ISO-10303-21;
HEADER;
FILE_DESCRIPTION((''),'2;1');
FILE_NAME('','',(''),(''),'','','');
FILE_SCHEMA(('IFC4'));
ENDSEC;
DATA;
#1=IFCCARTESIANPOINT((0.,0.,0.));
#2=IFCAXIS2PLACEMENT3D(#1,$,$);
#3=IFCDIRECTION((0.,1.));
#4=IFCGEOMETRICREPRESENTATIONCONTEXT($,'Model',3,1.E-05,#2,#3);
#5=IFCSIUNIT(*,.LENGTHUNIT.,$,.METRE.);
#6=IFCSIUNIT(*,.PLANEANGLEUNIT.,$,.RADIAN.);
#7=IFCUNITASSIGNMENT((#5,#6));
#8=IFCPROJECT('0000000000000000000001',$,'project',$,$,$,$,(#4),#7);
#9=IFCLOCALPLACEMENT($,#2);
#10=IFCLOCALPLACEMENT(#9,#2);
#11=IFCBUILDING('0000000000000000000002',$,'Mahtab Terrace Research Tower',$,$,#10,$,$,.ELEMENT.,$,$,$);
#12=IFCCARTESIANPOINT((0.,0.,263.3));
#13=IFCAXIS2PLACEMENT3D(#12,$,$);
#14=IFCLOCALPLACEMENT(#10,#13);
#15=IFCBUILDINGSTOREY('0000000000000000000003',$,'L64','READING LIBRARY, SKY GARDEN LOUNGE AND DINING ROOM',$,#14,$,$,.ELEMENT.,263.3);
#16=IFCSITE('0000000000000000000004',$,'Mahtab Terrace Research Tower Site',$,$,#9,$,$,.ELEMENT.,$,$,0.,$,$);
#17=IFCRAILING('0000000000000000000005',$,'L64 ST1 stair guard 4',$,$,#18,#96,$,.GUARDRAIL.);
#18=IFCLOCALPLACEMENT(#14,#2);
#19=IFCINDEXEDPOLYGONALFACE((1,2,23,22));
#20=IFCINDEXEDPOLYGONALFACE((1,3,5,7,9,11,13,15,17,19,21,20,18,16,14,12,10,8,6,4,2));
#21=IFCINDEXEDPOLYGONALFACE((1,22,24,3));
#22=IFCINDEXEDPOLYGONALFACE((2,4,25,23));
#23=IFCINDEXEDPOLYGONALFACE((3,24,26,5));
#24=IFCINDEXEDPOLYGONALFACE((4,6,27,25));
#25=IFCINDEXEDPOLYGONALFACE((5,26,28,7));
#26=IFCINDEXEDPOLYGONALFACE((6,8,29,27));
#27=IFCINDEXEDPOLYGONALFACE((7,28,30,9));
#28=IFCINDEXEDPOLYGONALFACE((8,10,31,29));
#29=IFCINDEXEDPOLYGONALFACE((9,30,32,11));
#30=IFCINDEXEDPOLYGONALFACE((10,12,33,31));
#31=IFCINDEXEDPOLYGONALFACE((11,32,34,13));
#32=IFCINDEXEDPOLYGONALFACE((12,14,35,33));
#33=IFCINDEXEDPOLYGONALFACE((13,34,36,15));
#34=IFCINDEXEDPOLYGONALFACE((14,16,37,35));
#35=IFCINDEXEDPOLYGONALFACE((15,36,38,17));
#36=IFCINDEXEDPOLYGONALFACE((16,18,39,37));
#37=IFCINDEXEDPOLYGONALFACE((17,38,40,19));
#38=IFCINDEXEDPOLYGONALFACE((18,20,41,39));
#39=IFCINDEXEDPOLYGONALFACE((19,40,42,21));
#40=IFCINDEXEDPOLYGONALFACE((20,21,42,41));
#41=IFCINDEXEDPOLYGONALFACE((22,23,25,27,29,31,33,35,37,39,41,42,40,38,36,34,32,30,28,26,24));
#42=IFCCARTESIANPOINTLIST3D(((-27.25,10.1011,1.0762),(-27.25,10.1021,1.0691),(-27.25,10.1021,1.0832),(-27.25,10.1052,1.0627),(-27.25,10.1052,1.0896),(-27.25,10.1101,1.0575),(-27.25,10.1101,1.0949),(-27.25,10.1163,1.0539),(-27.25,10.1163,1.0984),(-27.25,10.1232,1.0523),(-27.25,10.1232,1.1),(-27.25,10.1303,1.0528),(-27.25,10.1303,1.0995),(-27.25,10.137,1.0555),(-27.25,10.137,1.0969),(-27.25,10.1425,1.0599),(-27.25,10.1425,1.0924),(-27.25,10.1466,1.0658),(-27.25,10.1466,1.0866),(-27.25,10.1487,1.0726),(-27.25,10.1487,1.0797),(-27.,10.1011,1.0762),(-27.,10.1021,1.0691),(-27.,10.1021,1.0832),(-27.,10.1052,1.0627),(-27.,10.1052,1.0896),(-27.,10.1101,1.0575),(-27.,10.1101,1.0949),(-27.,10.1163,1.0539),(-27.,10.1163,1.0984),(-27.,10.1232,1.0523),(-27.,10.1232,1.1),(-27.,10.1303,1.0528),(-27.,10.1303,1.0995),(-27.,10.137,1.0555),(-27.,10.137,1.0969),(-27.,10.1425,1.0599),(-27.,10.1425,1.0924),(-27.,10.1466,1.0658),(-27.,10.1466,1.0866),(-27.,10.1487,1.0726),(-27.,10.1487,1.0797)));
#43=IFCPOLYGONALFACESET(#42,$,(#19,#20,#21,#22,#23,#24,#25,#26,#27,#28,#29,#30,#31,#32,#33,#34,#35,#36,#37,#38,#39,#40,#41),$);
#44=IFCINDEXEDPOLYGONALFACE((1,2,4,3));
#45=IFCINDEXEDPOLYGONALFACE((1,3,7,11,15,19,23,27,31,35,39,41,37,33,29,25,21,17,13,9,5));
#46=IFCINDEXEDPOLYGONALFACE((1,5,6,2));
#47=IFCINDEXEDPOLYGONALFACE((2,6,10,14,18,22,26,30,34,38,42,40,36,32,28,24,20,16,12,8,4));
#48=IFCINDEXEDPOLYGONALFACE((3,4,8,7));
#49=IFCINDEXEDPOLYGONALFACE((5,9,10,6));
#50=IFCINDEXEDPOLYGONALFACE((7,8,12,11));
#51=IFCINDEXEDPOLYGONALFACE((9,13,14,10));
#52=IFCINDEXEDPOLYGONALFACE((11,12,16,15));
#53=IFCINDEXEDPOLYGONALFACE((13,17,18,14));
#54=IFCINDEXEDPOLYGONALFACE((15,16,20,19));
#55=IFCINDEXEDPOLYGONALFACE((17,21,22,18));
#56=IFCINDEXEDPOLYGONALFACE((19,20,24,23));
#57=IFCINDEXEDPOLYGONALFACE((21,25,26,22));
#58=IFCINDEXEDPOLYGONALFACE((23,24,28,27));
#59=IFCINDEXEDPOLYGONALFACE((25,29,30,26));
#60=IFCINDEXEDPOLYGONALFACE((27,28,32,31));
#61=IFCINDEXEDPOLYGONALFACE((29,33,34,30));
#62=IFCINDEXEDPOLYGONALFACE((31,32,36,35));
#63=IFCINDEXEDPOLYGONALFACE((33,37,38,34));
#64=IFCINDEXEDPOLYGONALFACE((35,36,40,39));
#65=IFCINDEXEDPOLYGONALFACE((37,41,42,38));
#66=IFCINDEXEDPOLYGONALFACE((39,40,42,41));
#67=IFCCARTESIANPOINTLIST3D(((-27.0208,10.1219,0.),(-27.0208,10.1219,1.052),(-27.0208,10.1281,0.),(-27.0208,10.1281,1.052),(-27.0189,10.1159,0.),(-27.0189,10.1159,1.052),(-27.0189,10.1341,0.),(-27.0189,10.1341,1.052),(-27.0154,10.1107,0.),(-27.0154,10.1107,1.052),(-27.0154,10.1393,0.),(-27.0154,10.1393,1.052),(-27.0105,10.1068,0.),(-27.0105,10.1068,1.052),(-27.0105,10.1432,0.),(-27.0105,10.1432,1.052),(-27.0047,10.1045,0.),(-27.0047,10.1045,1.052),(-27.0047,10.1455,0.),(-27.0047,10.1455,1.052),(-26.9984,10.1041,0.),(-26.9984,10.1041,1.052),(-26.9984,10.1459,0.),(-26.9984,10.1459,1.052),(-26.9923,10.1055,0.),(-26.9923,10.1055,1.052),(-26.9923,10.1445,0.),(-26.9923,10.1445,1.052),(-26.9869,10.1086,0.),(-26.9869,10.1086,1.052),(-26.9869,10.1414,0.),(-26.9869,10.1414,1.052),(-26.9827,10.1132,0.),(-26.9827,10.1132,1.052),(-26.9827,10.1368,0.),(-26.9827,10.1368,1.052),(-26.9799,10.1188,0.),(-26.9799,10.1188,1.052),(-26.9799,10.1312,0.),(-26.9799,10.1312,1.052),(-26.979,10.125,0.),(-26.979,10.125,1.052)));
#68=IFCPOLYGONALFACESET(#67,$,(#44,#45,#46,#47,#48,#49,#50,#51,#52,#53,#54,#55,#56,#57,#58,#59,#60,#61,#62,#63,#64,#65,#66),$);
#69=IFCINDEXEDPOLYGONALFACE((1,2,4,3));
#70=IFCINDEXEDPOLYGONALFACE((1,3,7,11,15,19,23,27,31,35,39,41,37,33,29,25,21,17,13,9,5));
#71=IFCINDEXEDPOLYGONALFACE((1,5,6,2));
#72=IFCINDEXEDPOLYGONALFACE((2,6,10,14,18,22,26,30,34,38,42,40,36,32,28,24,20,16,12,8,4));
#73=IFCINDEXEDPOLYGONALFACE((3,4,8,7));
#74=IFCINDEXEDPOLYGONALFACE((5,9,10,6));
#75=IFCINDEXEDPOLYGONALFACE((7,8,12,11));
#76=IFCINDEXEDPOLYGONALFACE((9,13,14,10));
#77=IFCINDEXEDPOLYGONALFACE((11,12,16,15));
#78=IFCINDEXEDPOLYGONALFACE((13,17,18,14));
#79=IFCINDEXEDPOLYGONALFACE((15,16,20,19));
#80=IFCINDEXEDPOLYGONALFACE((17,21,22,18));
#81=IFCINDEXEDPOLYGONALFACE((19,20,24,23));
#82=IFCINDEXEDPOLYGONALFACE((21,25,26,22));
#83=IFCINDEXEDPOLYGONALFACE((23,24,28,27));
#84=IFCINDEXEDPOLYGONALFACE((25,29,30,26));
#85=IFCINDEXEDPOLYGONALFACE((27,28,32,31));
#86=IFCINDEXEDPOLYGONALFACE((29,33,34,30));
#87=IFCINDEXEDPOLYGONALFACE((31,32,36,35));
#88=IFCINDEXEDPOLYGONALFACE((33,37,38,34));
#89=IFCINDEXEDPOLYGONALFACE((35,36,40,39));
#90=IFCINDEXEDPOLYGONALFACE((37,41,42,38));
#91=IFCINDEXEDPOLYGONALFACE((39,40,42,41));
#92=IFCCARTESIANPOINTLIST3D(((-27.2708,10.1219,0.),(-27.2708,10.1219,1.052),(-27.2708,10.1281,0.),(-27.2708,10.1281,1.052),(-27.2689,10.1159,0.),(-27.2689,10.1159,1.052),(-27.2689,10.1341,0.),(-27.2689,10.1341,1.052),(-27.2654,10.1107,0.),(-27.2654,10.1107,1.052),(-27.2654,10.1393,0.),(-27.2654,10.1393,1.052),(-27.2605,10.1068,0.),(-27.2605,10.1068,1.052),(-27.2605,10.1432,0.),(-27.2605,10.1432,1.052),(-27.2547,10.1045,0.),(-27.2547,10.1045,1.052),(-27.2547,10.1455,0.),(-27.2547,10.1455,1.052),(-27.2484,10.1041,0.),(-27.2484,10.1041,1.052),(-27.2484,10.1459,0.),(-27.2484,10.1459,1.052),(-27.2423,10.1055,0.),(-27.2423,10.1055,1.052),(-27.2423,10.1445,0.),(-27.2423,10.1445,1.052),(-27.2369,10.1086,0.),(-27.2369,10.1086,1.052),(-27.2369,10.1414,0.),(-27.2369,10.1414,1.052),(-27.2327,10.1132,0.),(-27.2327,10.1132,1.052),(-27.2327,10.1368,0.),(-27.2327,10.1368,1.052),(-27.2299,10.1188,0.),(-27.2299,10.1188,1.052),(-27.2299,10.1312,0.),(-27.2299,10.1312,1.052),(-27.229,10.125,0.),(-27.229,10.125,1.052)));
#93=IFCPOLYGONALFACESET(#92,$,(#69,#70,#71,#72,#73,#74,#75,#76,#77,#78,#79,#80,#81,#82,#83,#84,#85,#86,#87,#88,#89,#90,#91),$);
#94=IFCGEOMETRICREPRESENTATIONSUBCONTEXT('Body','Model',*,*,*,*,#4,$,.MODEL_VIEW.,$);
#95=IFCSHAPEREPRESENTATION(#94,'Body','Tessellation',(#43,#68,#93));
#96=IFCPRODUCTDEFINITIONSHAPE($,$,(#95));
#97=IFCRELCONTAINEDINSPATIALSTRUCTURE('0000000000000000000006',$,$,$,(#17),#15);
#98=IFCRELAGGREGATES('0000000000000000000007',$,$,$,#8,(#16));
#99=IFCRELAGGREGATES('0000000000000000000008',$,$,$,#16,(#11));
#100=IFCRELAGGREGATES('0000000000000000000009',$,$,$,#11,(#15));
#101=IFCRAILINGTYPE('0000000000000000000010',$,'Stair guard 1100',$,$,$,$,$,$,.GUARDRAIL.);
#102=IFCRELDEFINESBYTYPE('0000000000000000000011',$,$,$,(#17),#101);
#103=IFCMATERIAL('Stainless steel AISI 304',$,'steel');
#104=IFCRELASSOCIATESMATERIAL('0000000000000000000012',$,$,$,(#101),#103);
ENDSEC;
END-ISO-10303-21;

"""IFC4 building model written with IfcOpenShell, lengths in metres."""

from ifc_helpers import new_model, si_unit, direction, frame, origin, origin_2d, place, context, subcontext, project, spatial, circle, extrude, material, type_object, element, save


model = new_model("IFC4")

# Units and contexts
model_context = context("Model", 3, precision=1e-05, world=origin(), true_north=direction((0.0, 1.0)))
body_context = subcontext(model_context, "Body", "Model", "MODEL_VIEW")
ifc_project = project(units=[si_unit("LENGTHUNIT", "METRE"), si_unit("PLANEANGLEUNIT", "RADIAN")], contexts=[model_context])

# Site, building, storey
site_placement = place(None, origin())
site = spatial("IfcSite", under=ifc_project, at=site_placement, Name="Mahtab Terrace Research Tower Site", CompositionType="ELEMENT", RefElevation=0.0)
building_placement = place(site_placement, origin())
building = spatial("IfcBuilding", under=site, at=building_placement, Name="Mahtab Terrace Research Tower", CompositionType="ELEMENT")
storey_placement = place(building_placement, frame((0.0, 0.0, 263.3)))
storey = spatial("IfcBuildingStorey", under=building, at=storey_placement, Name="L64", Description="READING LIBRARY, SKY GARDEN LOUNGE AND DINING ROOM", CompositionType="ELEMENT", Elevation=263.3)

# Railing
ifc_material_1 = material(Name="Stainless steel AISI 304", Category="steel")
railing_type_1 = type_object("IfcRailingType", Name="Stair guard 1100", PredefinedType="GUARDRAIL", material=ifc_material_1)
railing_1_placement = place(storey_placement, frame((-27.0, 10.125, 0.0)))
element("IfcRailing", 1, at=railing_1_placement, inside=storey, type_object=railing_type_1, Name="L64 ST1 stair guard 4", PredefinedType="GUARDRAIL", context=body_context, shape_type="SweptSolid", body=[
    extrude(circle(Radius=0.0239, at=origin_2d()), frame((0.0, 0.0, 1.0762), z_axis=(-1.0, 0.0, 0.0), x_axis=(0.0, -1.0, 0.0)), (0.0, 0.0, 1.0), 0.25),
    extrude(circle(Radius=0.021, at=origin_2d()), origin(), (0.0, 0.0, 1.0), 1.052),
    extrude(circle(Radius=0.021, at=origin_2d()), frame((-0.25, 0.0, 0.0)), (0.0, 0.0, 1.0), 1.052),
])

save(model, "model.ifc")
